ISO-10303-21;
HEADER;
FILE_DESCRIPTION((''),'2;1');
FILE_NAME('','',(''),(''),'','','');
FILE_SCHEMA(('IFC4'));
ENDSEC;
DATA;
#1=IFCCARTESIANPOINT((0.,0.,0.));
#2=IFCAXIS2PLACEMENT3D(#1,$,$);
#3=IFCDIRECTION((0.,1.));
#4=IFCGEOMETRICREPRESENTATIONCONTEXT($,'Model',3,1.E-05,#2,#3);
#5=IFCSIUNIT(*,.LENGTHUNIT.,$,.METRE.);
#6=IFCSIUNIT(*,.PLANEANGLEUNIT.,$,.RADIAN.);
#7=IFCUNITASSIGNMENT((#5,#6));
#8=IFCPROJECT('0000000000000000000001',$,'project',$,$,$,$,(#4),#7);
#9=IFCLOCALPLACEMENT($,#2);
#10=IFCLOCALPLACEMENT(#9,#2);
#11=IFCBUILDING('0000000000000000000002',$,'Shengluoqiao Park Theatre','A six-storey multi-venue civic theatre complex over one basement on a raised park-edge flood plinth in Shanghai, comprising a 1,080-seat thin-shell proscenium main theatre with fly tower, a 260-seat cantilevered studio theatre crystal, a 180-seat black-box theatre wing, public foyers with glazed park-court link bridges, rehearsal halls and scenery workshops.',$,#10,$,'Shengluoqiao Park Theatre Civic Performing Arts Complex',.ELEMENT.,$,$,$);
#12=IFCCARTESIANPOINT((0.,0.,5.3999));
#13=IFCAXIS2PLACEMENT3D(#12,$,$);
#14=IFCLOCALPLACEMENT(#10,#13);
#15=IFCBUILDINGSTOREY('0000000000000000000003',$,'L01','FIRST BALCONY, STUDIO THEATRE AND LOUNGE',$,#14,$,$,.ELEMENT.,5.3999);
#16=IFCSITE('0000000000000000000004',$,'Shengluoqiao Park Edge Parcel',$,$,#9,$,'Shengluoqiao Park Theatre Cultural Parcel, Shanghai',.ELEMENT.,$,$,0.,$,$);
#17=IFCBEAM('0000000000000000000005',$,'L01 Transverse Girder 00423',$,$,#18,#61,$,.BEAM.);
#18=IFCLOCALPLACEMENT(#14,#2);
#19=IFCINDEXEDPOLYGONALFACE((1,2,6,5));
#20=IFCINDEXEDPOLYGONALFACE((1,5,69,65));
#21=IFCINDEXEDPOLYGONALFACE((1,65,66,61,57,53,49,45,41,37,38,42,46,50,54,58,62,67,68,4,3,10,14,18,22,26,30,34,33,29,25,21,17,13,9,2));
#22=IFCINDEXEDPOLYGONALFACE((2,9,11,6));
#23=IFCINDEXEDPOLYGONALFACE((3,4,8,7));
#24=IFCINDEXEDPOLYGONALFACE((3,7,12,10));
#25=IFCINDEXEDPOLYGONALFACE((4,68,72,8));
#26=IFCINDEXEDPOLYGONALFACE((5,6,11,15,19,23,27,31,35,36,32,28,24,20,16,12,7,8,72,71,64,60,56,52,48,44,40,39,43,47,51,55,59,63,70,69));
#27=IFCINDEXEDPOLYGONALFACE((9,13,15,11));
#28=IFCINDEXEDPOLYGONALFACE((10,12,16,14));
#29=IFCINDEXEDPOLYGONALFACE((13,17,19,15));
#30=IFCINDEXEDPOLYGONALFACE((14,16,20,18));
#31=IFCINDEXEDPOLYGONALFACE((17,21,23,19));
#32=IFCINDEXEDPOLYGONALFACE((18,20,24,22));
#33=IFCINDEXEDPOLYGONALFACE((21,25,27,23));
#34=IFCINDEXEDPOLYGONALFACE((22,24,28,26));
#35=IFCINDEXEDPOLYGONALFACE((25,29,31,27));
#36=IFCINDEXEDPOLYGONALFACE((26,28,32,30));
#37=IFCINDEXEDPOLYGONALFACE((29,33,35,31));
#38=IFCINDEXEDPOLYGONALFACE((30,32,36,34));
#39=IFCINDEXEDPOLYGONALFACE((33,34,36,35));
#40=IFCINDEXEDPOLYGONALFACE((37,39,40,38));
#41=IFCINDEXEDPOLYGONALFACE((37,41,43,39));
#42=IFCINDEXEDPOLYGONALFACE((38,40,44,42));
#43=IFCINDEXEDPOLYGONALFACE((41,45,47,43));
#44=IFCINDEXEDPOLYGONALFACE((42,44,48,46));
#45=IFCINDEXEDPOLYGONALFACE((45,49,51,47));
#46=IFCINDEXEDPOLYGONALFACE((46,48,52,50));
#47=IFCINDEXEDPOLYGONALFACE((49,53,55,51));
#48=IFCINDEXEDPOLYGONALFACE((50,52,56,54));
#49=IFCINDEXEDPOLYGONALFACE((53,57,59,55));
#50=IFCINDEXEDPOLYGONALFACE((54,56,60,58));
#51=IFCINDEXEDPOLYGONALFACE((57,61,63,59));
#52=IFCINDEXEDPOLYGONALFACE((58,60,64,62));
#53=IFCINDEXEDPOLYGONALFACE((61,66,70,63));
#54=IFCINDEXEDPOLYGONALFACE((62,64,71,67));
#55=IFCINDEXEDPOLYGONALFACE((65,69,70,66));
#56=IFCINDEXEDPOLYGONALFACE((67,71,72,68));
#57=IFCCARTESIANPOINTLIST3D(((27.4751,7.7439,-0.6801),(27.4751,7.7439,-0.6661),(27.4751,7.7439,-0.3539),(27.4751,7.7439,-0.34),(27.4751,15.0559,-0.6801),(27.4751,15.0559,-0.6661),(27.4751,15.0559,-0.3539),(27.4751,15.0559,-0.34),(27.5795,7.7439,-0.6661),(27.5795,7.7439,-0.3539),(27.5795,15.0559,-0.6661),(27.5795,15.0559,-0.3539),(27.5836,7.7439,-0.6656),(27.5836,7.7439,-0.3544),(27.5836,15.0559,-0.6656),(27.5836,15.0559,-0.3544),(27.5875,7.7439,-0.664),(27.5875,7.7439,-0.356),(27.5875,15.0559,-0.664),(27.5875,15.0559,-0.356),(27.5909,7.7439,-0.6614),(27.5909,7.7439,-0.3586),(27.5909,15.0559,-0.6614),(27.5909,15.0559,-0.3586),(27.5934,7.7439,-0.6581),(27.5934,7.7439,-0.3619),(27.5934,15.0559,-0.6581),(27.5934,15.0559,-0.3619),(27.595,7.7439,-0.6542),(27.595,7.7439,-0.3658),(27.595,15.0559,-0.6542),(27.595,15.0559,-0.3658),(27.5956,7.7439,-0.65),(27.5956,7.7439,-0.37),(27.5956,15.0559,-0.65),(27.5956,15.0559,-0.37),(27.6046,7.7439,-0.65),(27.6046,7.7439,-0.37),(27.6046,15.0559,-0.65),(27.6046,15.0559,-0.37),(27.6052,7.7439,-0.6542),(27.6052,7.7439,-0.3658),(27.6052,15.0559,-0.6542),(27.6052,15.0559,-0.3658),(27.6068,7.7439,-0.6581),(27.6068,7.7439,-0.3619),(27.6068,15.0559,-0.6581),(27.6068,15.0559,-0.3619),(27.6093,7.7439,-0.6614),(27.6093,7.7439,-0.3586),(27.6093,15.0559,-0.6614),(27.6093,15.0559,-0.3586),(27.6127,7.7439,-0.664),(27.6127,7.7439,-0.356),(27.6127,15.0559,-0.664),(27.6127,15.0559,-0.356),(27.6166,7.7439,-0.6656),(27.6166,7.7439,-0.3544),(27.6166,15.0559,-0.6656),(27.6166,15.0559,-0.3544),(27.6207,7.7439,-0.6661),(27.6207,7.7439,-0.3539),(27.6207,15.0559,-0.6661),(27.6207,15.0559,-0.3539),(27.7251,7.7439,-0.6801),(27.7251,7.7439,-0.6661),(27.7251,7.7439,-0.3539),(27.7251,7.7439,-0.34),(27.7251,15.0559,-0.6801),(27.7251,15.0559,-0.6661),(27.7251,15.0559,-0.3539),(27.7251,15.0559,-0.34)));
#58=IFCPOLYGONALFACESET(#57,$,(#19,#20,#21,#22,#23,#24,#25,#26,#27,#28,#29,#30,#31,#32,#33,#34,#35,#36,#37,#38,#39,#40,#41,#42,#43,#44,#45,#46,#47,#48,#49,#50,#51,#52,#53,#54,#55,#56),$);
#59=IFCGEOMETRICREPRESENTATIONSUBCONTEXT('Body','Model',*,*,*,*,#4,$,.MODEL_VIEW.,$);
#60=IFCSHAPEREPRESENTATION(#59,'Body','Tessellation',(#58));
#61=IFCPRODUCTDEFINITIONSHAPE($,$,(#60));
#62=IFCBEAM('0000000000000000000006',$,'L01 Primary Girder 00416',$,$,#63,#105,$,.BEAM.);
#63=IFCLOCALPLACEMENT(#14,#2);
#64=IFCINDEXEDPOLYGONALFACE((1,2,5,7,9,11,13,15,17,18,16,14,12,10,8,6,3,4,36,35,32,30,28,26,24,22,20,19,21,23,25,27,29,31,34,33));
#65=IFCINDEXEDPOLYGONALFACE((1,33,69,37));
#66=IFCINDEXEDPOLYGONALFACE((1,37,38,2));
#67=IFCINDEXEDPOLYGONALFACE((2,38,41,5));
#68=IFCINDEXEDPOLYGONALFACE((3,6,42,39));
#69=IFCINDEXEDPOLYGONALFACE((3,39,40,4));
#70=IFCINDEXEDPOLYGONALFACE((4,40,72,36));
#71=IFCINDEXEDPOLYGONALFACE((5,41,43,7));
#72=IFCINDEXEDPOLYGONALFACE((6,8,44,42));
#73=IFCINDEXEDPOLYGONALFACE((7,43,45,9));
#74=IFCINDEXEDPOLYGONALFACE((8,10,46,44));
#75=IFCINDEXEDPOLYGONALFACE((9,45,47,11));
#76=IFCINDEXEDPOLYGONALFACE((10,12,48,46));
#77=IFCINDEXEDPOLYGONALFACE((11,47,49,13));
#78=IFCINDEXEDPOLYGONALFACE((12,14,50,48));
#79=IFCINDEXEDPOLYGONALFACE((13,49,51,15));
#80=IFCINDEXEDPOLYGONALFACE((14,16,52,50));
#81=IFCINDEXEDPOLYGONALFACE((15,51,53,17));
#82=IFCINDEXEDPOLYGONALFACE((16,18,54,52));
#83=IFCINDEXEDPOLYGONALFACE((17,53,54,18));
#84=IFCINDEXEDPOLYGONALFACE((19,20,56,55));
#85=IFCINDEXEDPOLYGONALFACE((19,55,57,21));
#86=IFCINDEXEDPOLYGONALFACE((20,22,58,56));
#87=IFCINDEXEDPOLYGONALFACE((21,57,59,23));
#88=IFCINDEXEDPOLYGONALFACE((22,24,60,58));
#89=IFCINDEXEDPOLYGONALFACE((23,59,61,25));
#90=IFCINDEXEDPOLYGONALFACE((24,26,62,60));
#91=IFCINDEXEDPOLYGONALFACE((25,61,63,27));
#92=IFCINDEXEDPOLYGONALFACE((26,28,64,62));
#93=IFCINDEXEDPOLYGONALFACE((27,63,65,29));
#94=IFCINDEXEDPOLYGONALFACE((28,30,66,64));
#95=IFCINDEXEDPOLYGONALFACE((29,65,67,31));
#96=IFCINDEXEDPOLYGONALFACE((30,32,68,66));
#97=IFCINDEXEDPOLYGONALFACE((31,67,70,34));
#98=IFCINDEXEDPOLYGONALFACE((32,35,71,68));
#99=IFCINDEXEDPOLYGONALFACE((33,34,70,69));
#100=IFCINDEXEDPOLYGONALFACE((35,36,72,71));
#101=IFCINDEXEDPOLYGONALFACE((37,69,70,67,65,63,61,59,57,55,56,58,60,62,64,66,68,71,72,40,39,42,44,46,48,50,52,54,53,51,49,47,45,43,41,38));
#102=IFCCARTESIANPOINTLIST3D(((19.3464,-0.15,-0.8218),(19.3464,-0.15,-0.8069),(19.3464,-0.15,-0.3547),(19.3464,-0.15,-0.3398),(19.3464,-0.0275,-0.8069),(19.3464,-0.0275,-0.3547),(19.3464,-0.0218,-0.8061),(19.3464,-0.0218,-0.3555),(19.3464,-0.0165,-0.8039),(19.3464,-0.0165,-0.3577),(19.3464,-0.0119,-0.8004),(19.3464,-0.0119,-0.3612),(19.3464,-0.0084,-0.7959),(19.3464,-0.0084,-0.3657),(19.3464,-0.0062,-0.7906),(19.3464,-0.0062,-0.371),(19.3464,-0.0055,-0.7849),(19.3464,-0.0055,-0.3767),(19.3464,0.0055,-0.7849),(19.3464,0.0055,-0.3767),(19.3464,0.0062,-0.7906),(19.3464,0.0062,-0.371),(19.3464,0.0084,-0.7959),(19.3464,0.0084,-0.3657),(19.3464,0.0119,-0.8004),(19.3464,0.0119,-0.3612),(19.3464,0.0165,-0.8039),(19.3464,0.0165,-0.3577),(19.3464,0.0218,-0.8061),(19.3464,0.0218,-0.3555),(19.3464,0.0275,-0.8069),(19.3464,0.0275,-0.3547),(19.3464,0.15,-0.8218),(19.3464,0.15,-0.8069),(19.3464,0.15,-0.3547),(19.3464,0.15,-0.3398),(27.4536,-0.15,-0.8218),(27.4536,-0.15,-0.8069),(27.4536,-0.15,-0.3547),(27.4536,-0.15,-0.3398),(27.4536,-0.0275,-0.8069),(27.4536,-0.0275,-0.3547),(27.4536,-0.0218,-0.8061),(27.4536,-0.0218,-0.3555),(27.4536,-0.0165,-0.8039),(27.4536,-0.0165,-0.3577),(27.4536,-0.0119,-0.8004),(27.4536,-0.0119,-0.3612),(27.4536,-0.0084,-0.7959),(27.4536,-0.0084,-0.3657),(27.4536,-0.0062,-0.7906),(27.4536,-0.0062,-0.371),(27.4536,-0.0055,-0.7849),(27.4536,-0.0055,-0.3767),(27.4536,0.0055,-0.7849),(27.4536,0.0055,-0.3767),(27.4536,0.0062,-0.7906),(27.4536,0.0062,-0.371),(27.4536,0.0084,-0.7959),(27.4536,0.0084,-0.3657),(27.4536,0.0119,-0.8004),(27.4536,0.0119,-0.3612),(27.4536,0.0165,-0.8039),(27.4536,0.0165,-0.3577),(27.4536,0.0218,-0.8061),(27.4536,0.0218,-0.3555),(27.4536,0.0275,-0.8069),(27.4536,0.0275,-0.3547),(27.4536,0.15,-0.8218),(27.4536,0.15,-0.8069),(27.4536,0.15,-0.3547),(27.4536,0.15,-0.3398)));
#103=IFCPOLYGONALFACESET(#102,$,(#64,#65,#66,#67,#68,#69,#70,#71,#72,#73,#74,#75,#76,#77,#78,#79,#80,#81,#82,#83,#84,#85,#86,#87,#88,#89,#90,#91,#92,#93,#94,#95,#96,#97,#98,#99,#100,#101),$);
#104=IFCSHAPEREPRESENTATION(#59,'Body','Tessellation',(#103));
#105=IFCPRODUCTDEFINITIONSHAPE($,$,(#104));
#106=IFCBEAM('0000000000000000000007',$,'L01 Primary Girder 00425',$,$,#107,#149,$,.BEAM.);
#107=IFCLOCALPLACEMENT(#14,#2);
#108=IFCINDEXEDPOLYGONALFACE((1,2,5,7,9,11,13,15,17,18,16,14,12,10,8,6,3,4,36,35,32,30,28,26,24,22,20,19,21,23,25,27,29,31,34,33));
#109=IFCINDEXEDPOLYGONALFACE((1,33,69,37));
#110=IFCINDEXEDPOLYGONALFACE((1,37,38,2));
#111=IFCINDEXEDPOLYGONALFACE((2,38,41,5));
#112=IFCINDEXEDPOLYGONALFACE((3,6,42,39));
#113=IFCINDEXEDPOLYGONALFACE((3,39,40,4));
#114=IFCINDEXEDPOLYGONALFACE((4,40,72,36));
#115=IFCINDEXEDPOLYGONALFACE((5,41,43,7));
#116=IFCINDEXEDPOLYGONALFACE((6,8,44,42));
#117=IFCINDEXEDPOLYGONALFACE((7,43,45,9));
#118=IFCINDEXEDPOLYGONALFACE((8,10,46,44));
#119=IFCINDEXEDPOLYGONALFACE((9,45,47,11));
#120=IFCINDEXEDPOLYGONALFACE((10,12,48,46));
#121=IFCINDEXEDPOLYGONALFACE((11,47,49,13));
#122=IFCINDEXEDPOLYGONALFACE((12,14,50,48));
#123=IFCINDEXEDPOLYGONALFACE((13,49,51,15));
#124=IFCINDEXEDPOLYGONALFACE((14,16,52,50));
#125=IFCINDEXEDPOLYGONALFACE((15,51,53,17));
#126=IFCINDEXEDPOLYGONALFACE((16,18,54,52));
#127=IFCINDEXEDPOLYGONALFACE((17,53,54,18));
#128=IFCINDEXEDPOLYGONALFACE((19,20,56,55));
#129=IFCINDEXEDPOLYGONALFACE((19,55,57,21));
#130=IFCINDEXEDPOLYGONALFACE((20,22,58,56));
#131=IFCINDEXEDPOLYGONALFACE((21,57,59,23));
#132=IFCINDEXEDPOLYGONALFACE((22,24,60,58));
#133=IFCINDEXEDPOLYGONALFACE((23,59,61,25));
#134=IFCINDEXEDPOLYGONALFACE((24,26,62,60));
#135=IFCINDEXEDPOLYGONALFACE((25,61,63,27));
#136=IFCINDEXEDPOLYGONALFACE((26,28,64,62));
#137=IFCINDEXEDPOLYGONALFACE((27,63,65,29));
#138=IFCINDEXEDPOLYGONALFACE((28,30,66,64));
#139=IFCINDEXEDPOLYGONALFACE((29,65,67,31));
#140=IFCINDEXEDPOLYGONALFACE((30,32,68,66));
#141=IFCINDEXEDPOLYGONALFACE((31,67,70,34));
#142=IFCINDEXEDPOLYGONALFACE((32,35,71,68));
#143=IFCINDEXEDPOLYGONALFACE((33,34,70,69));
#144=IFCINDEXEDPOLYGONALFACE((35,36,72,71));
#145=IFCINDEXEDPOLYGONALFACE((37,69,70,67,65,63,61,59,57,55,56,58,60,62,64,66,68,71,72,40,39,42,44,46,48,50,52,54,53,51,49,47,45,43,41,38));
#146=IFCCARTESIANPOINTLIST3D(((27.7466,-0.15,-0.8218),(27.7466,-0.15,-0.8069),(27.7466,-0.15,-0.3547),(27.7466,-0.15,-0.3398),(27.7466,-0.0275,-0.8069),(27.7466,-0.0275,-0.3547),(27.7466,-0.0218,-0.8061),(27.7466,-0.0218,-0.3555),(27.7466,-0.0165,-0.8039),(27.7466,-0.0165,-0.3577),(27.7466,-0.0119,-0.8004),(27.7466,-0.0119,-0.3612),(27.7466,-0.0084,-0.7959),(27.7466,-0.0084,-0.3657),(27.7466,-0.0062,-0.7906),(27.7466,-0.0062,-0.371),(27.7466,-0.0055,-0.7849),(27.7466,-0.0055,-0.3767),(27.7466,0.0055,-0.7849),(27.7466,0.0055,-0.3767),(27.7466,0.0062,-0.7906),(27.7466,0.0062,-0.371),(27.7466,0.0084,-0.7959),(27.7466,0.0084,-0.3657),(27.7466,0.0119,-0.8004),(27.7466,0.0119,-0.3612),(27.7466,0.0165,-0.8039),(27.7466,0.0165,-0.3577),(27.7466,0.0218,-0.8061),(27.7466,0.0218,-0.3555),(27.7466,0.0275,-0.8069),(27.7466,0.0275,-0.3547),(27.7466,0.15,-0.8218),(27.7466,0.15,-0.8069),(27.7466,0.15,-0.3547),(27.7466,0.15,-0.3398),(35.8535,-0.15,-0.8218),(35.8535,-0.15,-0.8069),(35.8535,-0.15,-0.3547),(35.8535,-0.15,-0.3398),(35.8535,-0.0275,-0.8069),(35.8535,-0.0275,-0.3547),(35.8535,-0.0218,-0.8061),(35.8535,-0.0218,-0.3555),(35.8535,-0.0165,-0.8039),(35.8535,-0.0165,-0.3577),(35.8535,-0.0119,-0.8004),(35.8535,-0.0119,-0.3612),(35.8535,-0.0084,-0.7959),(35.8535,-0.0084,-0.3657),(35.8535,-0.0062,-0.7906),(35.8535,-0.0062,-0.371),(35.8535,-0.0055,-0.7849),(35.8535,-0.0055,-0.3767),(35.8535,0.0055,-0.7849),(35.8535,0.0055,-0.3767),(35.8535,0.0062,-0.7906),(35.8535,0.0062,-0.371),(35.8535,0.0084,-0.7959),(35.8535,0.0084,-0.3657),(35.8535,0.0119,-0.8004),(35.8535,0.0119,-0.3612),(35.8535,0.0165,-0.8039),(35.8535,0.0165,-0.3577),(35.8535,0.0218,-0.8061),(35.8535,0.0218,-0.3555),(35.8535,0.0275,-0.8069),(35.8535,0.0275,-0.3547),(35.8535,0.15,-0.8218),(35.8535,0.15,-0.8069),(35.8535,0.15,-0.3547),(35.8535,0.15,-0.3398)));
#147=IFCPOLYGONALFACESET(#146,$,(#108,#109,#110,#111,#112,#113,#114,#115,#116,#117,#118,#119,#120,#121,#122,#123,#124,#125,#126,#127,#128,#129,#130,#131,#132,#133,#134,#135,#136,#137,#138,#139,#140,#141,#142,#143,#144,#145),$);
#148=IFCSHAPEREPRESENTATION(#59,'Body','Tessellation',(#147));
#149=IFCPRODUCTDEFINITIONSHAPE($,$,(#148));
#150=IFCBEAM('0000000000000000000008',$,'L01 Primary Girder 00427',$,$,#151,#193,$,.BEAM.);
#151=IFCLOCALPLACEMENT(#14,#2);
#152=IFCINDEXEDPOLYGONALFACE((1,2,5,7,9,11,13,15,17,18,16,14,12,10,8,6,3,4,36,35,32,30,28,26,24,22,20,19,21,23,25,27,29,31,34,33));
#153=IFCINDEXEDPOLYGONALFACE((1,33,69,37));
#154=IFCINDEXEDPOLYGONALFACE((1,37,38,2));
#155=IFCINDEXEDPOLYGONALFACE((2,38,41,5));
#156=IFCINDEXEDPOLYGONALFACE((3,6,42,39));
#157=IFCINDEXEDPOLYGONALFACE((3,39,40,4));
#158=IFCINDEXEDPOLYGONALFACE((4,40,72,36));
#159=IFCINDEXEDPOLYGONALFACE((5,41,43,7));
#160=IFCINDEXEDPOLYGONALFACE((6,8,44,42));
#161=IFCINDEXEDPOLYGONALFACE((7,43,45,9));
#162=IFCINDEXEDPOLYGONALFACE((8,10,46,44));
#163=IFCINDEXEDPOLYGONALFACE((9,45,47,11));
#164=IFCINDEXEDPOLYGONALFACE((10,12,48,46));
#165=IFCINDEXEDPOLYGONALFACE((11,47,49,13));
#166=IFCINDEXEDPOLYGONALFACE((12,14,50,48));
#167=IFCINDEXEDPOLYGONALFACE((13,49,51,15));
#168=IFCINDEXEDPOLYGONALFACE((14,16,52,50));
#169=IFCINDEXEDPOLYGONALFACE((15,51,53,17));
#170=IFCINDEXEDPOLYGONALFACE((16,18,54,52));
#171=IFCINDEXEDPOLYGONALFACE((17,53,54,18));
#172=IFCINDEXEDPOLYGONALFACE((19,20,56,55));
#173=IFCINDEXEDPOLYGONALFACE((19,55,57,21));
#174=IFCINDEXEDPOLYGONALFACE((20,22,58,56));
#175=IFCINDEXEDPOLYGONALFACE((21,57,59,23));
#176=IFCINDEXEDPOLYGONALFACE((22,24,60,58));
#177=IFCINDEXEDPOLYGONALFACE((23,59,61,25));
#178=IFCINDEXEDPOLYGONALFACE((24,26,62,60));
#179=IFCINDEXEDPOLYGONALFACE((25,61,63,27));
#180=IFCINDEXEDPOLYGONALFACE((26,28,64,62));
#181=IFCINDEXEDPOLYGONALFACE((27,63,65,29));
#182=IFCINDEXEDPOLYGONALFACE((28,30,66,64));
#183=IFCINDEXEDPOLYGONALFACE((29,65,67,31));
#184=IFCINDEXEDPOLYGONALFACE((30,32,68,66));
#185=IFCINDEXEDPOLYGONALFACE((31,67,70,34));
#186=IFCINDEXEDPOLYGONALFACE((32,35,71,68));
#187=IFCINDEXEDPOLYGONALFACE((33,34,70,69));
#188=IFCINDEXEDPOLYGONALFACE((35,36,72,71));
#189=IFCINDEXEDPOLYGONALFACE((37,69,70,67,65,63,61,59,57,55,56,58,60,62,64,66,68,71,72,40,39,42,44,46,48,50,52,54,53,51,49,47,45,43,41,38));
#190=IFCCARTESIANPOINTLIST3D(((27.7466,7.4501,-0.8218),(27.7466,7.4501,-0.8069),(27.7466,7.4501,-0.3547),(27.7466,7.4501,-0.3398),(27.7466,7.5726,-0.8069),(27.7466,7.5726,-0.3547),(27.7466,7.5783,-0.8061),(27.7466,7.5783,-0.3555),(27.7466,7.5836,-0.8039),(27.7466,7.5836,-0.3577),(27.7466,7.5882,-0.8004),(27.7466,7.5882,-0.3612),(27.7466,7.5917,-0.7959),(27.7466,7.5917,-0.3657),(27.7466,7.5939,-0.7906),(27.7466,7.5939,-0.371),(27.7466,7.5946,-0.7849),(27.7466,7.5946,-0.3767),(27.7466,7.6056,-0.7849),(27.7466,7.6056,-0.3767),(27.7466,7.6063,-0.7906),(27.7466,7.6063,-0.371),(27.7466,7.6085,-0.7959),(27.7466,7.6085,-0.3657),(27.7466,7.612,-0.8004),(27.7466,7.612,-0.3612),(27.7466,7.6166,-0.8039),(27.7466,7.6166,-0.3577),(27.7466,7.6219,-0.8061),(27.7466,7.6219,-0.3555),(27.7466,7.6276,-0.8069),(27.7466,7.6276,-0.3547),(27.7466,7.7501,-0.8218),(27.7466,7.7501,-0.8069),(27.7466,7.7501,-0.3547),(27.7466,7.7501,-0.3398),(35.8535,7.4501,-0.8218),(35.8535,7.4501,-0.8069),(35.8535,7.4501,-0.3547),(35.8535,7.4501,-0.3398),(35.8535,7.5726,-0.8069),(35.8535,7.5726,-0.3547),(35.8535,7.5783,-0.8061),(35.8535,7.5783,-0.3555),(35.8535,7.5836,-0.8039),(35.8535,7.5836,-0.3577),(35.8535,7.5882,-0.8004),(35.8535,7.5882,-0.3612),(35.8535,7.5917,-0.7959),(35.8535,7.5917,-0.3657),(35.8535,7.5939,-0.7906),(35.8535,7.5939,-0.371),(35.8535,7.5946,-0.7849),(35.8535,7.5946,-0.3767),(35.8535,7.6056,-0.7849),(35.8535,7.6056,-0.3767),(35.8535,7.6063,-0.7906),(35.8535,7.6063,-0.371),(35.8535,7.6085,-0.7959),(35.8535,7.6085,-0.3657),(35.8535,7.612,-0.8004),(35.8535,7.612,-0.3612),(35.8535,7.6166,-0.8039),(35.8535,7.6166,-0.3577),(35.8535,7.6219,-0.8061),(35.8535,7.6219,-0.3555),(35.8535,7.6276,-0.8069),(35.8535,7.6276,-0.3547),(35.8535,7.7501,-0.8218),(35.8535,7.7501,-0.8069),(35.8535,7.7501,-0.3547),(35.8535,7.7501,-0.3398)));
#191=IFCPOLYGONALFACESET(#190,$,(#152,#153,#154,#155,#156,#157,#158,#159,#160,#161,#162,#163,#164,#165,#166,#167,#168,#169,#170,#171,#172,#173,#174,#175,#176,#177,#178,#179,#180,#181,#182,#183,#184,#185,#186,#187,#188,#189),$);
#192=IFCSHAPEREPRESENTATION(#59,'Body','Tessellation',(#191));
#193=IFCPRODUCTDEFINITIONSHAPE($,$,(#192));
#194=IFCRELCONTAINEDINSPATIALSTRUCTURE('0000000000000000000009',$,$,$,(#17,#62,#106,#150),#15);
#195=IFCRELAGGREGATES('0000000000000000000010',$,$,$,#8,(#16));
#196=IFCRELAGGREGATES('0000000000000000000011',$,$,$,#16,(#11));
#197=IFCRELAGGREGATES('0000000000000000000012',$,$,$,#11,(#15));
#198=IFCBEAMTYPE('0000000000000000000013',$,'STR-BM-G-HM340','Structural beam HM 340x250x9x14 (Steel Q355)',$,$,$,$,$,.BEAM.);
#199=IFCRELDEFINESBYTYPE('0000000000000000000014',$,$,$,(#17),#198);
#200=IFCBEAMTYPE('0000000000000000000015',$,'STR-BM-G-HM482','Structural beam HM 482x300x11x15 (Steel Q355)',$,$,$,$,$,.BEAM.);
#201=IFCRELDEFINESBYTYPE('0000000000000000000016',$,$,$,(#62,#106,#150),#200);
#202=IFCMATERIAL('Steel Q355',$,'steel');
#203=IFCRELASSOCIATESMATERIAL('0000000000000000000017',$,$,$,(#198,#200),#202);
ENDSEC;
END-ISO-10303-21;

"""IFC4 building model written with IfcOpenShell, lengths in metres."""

from ifc_helpers import new_model, si_unit, direction, frame, origin, origin_2d, place, context, subcontext, project, spatial, i_section, extrude, material, material_profile, profile_set, type_object, element, save


model = new_model("IFC4")

# Units and contexts
model_context = context("Model", 3, precision=1e-05, world=origin(), true_north=direction((0.0, 1.0)))
body_context = subcontext(model_context, "Body", "Model", "MODEL_VIEW")
ifc_project = project(units=[si_unit("LENGTHUNIT", "METRE"), si_unit("PLANEANGLEUNIT", "RADIAN")], contexts=[model_context])

# Site, building, storey
site_placement = place(None, origin())
site = spatial("IfcSite", under=ifc_project, at=site_placement, Name="Shengluoqiao Park Edge Parcel", LongName="Shengluoqiao Park Theatre Cultural Parcel, Shanghai", CompositionType="ELEMENT", RefElevation=0.0)
building_placement = place(site_placement, origin())
building = spatial("IfcBuilding", under=site, at=building_placement, Name="Shengluoqiao Park Theatre", Description="A six-storey multi-venue civic theatre complex over one basement on a raised park-edge flood plinth in Shanghai, comprising a 1,080-seat thin-shell proscenium main theatre with fly tower, a 260-seat cantilevered studio theatre crystal, a 180-seat black-box theatre wing, public foyers with glazed park-court link bridges, rehearsal halls and scenery workshops.", LongName="Shengluoqiao Park Theatre Civic Performing Arts Complex", CompositionType="ELEMENT")
storey_placement = place(building_placement, frame((0.0, 0.0, 5.3999)))
storey = spatial("IfcBuildingStorey", under=building, at=storey_placement, Name="L01", Description="FIRST BALCONY, STUDIO THEATRE AND LOUNGE", CompositionType="ELEMENT", Elevation=5.3999)

# Shared definitions
ifc_material_1 = material(Name="Steel Q355", Category="steel")

# Beams
ifc_material_profile_1 = material_profile(ifc_material_1, i_section(OverallWidth=0.25, OverallDepth=0.3401, WebThickness=0.009, FlangeThickness=0.0139, FilletRadius=0.0161, at=origin_2d()), Name="HM 340x250x9x14")
ifc_profile_set_1 = profile_set([ifc_material_profile_1], Name="Steel Q355")
beam_type_1 = type_object("IfcBeamType", Name="STR-BM-G-HM340", Description="Structural beam HM 340x250x9x14 (Steel Q355)", PredefinedType="BEAM", material=ifc_profile_set_1)
for number, where, z_axis, x_axis, name in (
    (1, (27.6001, 7.7439, -0.51), (0.0, 1.0, 0.0), (-1.0, 0.0, 0.0), "L01 Transverse Girder 00423"),
):
    element("IfcBeam", number, at=place(storey_placement, frame(where, z_axis=z_axis, x_axis=x_axis)), inside=storey, type_object=beam_type_1, Name=name, PredefinedType="BEAM", context=body_context, shape_type="SweptSolid", body=[
        extrude(i_section(OverallWidth=0.25, OverallDepth=0.3401, WebThickness=0.009, FlangeThickness=0.0139, FilletRadius=0.0161, at=origin_2d()), origin(), (0.0, 0.0, 1.0), 7.312),
    ])
ifc_material_profile_2 = material_profile(ifc_material_1, i_section(OverallWidth=0.3, OverallDepth=0.4819, WebThickness=0.011, FlangeThickness=0.0149, FilletRadius=0.022, at=origin_2d()), Name="HM 482x300x11x15")
ifc_profile_set_2 = profile_set([ifc_material_profile_2], Name="Steel Q355")
beam_type_2 = type_object("IfcBeamType", Name="STR-BM-G-HM482", Description="Structural beam HM 482x300x11x15 (Steel Q355)", PredefinedType="BEAM", material=ifc_profile_set_2)
beam_placement = place(storey_placement, frame((19.3464, 0.0, -0.5808), z_axis=(1.0, 0.0, 0.0), x_axis=(0.0, 1.0, 0.0)))
element("IfcBeam", 2, at=beam_placement, inside=storey, type_object=beam_type_2, Name="L01 Primary Girder 00416", PredefinedType="BEAM", context=body_context, shape_type="SweptSolid", body=[
    extrude(i_section(OverallWidth=0.3, OverallDepth=0.4819, WebThickness=0.011, FlangeThickness=0.0149, FilletRadius=0.022, at=origin_2d()), origin(), (0.0, 0.0, 1.0), 8.1072),
])
for number, where, z_axis, x_axis, name in (
    (3, (27.7466, 0.0, -0.5808), (1.0, 0.0, 0.0), (0.0, 1.0, 0.0), "L01 Primary Girder 00425"),
    (4, (27.7466, 7.6001, -0.5808), (1.0, 0.0, 0.0), (0.0, 1.0, 0.0), "L01 Primary Girder 00427"),
):
    element("IfcBeam", number, at=place(storey_placement, frame(where, z_axis=z_axis, x_axis=x_axis)), inside=storey, type_object=beam_type_2, Name=name, PredefinedType="BEAM", context=body_context, shape_type="SweptSolid", body=[
        extrude(i_section(OverallWidth=0.3, OverallDepth=0.4819, WebThickness=0.011, FlangeThickness=0.0149, FilletRadius=0.022, at=origin_2d()), origin(), (0.0, 0.0, 1.0), 8.1069),
    ])

save(model, "model.ifc")
